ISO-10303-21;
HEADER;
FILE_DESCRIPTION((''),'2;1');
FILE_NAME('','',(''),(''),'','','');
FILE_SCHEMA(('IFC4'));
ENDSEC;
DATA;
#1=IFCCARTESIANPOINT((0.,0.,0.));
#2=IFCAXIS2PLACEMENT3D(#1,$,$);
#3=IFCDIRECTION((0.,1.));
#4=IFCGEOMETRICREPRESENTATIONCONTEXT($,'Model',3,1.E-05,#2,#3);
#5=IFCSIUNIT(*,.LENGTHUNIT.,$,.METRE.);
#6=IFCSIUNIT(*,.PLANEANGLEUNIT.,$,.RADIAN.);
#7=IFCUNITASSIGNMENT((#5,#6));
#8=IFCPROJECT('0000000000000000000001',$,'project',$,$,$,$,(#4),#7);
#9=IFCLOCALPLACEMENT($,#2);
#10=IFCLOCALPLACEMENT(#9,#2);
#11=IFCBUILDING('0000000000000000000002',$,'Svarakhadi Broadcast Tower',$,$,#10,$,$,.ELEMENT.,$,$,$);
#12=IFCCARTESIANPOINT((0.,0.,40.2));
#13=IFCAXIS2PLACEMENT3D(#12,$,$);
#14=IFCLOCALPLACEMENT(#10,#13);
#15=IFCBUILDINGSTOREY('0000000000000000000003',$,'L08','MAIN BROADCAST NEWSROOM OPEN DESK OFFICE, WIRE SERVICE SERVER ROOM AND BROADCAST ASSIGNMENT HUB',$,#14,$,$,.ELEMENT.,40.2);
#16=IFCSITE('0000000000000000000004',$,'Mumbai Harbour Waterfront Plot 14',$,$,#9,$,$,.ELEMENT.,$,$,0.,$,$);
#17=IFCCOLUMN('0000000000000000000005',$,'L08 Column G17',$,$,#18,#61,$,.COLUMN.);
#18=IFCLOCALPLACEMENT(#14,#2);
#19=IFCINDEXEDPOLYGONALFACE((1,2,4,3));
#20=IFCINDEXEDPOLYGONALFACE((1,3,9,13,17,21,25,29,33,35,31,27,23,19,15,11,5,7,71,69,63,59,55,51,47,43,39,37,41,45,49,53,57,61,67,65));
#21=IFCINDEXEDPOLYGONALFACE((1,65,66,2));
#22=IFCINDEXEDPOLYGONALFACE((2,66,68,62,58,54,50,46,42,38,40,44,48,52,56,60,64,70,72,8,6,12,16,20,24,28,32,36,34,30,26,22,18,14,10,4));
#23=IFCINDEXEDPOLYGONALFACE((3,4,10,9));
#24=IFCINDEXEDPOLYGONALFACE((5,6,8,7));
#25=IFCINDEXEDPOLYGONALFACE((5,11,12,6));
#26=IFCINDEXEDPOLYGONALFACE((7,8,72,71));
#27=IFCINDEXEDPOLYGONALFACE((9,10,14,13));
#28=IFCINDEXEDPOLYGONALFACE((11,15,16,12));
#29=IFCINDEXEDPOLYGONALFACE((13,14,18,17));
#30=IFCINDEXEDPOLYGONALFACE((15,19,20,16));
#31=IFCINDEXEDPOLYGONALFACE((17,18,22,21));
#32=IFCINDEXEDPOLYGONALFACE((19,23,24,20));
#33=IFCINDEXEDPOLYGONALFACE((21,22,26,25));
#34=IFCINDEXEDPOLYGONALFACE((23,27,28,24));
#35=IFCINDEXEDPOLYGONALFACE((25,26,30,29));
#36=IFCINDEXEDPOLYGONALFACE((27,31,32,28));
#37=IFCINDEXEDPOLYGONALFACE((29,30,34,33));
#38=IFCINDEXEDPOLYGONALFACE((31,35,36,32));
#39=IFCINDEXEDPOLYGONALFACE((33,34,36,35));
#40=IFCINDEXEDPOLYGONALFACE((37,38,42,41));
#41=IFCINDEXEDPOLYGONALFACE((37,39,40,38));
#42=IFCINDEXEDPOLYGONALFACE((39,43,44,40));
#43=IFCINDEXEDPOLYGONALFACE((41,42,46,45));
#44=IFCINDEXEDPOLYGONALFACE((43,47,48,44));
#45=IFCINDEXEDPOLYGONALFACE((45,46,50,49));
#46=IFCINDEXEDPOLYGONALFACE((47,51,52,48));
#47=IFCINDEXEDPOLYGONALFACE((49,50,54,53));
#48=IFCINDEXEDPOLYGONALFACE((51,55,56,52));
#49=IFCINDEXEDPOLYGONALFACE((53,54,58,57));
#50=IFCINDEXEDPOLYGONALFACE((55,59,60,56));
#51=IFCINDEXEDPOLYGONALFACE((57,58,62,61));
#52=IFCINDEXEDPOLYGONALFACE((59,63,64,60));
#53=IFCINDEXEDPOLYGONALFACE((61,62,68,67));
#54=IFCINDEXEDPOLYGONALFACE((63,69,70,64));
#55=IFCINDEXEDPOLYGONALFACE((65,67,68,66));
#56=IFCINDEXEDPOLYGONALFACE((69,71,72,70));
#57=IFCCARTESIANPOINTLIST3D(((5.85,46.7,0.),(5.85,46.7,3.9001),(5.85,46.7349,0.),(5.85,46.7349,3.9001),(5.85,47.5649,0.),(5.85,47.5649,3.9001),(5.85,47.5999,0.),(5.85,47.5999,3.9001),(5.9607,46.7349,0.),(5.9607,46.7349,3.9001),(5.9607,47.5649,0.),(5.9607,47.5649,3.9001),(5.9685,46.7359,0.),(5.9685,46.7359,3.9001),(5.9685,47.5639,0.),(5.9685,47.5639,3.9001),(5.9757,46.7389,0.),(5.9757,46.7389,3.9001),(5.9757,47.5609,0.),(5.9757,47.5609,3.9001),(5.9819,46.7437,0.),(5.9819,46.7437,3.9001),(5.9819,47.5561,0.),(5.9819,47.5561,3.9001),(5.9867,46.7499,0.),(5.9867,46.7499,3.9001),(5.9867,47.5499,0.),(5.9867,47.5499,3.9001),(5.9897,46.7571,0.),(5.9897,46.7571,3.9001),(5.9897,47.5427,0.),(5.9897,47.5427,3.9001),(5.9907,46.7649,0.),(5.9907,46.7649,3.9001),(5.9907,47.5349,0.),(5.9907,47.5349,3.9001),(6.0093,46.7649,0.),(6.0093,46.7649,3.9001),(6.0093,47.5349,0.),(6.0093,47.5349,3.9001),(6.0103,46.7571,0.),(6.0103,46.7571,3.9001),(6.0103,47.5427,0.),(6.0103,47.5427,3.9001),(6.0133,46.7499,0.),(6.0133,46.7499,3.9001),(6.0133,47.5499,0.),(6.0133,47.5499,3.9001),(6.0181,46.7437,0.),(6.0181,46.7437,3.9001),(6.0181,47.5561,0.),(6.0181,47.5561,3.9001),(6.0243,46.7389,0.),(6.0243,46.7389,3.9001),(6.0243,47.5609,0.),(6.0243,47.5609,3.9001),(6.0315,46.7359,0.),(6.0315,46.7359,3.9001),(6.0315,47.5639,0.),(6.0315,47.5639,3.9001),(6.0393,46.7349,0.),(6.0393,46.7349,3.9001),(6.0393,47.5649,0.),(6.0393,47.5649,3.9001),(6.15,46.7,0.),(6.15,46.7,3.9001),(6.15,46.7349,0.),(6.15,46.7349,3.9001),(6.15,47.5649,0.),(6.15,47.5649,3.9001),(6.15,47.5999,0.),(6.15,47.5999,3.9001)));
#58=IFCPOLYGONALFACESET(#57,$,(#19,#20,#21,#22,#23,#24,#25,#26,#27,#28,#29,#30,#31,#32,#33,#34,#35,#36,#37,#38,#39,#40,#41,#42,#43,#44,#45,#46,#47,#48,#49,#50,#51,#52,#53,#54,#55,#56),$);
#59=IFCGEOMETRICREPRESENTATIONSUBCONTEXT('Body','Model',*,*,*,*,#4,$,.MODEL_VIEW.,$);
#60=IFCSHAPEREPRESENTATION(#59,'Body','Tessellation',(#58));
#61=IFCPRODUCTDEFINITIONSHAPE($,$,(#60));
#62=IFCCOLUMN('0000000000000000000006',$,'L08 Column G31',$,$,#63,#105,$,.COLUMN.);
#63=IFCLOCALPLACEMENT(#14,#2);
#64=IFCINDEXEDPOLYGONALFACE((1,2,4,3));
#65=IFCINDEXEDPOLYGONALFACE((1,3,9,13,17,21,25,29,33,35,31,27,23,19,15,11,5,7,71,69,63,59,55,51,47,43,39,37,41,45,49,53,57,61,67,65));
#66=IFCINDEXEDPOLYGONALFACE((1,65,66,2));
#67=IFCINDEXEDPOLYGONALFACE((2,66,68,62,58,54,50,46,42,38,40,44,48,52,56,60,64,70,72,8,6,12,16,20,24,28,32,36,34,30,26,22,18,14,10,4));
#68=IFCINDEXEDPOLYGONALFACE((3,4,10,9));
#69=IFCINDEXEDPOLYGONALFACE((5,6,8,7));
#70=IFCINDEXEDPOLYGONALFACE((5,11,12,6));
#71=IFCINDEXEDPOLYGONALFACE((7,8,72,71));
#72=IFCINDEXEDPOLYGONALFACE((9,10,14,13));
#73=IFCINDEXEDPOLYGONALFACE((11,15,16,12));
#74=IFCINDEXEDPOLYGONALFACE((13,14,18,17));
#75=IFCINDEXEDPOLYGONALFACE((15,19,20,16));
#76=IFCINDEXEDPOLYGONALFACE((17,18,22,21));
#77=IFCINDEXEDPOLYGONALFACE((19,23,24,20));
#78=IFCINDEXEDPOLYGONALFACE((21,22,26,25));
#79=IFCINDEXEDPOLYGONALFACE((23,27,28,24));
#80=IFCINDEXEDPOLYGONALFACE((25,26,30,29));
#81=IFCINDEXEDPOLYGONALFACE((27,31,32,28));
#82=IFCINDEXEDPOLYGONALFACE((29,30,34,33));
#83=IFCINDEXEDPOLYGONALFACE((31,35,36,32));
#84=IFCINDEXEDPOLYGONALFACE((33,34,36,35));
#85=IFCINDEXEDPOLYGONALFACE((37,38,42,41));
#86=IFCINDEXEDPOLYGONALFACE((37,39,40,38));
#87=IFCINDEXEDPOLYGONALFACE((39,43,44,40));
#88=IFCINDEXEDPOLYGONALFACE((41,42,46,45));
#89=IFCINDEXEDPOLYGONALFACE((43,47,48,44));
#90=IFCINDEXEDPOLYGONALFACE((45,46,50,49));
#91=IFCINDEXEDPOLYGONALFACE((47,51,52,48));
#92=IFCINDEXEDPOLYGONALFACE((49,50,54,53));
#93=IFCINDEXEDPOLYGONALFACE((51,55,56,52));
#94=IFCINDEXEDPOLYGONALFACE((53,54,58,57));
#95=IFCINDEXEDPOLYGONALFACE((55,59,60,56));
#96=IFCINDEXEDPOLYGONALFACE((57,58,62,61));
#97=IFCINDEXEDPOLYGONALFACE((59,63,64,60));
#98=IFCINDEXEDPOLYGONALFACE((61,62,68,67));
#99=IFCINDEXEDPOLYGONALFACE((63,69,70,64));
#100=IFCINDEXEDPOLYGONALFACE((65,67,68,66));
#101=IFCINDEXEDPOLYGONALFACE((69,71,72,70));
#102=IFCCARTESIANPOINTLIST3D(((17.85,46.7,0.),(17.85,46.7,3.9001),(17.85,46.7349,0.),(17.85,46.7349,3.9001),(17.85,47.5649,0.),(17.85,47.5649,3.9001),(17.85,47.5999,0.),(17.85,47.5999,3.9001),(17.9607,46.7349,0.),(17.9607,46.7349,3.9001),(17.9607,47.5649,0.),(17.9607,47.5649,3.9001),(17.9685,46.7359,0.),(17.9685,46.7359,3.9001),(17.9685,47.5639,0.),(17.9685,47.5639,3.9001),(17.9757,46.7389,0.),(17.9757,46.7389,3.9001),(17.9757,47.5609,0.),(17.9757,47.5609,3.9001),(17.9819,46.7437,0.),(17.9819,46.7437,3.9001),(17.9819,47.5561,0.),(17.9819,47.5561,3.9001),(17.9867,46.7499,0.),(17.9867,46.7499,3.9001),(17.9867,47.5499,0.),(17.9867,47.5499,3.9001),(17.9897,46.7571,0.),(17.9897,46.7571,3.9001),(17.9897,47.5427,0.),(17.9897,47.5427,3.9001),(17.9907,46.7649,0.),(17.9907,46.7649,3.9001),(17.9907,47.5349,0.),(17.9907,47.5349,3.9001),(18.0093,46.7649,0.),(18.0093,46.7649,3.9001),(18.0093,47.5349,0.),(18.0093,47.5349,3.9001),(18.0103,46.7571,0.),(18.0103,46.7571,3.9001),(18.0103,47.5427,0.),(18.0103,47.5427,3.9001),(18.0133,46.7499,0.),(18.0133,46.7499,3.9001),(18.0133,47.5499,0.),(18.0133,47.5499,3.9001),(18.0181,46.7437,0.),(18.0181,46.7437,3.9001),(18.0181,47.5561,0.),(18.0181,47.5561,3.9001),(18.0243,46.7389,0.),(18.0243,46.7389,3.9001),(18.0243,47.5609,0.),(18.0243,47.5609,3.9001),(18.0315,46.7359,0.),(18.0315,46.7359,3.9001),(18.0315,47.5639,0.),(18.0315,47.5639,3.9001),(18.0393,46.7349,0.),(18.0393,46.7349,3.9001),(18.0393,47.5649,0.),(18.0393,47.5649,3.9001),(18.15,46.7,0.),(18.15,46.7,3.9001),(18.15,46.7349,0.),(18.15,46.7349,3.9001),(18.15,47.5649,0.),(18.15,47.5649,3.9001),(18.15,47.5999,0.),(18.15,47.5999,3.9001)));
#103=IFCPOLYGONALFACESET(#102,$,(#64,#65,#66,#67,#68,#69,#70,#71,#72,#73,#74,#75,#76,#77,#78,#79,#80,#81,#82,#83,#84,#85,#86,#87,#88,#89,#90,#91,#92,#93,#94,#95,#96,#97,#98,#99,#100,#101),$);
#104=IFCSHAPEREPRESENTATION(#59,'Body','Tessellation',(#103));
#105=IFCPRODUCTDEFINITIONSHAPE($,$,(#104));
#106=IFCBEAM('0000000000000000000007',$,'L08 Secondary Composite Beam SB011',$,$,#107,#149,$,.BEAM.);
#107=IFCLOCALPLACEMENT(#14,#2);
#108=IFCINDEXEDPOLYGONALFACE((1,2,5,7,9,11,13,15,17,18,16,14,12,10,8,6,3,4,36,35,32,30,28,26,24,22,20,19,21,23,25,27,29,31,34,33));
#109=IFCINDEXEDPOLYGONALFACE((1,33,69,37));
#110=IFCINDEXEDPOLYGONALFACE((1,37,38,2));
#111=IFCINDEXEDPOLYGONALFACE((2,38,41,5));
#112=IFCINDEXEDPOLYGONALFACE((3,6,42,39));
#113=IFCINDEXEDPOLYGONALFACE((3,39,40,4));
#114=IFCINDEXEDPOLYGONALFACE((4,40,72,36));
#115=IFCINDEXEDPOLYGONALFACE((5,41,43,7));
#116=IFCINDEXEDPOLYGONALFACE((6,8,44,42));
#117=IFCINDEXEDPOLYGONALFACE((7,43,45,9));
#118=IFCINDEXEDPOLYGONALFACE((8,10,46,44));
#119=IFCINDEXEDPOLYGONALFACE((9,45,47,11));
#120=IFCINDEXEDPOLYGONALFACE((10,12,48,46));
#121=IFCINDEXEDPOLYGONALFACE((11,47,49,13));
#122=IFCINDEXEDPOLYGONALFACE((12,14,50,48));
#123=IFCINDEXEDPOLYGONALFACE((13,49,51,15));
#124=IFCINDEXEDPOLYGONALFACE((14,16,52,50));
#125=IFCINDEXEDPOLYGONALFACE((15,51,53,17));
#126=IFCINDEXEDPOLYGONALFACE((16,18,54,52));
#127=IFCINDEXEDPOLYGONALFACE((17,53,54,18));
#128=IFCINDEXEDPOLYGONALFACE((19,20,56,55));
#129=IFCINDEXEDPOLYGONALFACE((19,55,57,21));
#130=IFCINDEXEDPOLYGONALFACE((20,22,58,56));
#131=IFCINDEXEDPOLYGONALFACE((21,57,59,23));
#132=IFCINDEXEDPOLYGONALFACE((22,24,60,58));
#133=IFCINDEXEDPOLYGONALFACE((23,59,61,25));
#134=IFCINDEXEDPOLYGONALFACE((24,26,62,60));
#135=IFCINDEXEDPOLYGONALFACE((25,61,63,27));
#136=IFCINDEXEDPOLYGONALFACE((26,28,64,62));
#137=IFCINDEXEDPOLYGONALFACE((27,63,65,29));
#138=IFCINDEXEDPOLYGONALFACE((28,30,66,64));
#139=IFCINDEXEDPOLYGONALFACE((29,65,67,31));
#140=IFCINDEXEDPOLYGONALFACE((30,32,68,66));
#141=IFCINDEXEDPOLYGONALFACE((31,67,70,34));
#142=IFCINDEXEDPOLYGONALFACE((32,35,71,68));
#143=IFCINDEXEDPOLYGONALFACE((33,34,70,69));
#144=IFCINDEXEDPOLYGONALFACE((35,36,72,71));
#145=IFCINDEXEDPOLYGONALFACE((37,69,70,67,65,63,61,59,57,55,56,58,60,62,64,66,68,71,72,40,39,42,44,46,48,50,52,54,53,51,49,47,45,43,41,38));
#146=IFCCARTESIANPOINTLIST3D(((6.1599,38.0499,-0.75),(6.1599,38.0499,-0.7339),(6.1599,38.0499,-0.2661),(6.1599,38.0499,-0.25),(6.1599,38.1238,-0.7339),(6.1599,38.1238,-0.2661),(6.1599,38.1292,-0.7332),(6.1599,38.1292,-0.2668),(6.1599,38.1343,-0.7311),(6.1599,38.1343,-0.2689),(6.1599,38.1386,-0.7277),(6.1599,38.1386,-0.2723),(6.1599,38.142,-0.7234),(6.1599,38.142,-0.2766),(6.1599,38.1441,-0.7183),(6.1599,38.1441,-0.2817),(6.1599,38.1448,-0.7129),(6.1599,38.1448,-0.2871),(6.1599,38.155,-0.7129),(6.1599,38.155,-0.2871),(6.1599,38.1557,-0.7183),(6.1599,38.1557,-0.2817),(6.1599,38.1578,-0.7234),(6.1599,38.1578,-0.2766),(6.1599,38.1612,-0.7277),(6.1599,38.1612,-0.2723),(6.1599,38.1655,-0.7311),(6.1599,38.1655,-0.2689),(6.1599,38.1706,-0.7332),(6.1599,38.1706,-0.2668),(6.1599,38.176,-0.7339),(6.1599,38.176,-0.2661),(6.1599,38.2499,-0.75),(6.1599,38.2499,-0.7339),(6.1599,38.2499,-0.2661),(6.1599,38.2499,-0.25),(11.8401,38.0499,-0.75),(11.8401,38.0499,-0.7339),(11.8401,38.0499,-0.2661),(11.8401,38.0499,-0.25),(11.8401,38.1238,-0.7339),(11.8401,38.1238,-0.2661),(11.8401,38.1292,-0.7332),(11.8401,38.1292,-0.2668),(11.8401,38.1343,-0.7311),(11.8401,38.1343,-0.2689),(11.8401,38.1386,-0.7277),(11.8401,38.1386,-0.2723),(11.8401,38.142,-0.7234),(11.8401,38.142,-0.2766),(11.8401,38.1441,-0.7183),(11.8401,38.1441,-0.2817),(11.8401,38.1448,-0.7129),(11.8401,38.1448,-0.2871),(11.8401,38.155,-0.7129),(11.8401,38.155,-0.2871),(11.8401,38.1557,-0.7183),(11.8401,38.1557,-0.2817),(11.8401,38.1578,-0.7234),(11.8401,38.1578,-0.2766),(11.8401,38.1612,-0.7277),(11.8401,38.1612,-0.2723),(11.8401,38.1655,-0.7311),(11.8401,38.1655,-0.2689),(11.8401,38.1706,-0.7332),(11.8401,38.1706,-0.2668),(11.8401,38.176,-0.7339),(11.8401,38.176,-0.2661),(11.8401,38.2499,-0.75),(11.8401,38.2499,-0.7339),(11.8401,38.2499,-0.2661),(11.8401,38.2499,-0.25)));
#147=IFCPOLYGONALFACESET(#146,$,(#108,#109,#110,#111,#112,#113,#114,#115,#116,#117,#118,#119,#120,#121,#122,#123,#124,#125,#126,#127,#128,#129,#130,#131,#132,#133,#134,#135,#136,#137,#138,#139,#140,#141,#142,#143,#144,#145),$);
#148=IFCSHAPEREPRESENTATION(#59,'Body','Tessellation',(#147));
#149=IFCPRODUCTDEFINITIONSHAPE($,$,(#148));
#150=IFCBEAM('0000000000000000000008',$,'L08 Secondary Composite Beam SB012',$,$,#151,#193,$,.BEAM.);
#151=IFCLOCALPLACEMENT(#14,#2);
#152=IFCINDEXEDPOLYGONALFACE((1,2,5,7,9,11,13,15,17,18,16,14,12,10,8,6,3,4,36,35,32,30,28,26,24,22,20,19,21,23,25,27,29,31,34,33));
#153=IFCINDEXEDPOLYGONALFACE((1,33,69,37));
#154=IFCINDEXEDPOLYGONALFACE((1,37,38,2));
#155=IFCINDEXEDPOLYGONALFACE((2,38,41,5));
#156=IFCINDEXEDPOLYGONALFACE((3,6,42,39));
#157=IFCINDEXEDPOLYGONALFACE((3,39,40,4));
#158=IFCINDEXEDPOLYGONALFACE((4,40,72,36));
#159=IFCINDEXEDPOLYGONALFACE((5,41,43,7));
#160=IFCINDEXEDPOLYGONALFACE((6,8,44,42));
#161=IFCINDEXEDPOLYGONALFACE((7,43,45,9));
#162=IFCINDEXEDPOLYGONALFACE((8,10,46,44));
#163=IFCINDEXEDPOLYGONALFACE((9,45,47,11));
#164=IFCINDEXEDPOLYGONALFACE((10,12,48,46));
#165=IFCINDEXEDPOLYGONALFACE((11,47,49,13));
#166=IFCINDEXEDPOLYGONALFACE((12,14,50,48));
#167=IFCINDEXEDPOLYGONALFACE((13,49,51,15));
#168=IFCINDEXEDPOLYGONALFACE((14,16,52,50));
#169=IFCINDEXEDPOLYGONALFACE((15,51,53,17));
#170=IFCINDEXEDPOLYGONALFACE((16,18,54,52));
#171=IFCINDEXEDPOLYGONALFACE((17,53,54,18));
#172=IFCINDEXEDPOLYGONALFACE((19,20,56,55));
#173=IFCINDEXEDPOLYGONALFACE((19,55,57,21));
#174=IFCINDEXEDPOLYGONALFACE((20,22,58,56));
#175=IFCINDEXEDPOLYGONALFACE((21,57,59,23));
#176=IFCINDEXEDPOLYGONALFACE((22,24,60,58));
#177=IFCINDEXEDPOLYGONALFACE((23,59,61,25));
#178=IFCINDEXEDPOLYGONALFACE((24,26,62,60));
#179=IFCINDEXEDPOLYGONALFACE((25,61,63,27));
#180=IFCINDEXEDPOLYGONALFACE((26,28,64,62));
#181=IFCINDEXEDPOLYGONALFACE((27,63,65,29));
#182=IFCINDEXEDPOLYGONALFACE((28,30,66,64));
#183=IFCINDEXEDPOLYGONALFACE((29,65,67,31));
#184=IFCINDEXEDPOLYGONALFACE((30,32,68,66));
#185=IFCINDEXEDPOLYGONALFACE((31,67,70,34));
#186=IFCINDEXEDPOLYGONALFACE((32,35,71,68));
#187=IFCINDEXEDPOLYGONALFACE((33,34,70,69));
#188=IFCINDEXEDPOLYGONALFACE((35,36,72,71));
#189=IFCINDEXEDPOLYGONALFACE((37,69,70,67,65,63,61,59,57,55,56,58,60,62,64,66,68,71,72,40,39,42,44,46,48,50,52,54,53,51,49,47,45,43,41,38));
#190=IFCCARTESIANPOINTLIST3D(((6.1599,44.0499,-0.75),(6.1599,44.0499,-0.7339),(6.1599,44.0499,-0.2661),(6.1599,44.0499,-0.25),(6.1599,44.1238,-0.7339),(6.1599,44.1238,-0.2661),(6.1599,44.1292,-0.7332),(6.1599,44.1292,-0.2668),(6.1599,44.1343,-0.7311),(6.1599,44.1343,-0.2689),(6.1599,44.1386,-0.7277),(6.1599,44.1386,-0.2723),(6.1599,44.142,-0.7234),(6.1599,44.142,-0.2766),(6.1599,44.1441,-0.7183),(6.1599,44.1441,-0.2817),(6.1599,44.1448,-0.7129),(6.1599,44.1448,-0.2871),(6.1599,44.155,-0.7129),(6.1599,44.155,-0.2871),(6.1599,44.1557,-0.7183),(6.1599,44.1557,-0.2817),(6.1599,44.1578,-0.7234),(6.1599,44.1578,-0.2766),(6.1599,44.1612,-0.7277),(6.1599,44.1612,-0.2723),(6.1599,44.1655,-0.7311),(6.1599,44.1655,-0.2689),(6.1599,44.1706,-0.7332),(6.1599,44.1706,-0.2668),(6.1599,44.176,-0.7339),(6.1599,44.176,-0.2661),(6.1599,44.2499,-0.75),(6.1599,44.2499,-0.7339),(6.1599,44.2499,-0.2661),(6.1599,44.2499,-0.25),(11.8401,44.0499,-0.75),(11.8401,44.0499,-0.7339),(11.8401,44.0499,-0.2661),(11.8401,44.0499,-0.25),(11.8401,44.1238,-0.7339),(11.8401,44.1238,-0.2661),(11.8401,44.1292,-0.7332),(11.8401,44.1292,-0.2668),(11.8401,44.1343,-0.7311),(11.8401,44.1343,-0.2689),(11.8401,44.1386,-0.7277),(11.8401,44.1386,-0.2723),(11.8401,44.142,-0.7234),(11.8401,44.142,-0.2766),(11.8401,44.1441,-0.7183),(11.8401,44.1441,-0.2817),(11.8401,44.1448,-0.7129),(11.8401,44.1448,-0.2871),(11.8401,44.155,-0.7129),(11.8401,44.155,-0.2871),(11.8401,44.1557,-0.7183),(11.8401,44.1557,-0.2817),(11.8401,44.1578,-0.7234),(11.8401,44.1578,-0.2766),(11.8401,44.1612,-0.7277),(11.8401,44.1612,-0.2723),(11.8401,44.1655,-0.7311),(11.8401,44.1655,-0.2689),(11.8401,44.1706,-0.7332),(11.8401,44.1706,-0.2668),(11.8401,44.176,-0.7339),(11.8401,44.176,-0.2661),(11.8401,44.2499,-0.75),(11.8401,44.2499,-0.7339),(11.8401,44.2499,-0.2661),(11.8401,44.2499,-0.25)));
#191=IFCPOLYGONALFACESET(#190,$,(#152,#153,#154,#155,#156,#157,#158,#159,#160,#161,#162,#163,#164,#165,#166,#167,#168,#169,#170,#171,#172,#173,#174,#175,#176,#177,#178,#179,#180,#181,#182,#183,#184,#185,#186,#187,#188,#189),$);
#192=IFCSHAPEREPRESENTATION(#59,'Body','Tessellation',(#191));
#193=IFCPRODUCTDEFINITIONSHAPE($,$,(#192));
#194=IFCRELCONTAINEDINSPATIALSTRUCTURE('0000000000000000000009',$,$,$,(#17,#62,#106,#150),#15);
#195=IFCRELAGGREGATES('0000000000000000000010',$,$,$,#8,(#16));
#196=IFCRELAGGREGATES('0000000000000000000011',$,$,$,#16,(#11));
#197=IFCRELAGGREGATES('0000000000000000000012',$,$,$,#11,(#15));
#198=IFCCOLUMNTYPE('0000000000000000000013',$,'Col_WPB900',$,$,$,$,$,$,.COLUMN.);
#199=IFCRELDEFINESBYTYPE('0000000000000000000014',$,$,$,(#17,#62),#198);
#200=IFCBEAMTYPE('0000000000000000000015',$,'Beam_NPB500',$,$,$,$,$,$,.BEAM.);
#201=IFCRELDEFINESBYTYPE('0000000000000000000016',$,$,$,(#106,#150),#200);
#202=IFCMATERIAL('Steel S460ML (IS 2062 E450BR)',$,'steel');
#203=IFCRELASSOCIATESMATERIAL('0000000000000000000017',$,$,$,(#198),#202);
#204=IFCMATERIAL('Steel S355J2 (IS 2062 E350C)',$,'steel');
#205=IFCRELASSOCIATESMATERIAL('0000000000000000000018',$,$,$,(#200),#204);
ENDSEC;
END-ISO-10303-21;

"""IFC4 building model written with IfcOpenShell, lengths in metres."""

from ifc_helpers import new_model, si_unit, direction, frame, origin, origin_2d, place, context, subcontext, project, spatial, i_section, extrude, material, material_profile, profile_set, type_object, element, save


model = new_model("IFC4")

# Units and contexts
model_context = context("Model", 3, precision=1e-05, world=origin(), true_north=direction((0.0, 1.0)))
body_context = subcontext(model_context, "Body", "Model", "MODEL_VIEW")
ifc_project = project(units=[si_unit("LENGTHUNIT", "METRE"), si_unit("PLANEANGLEUNIT", "RADIAN")], contexts=[model_context])

# Site, building, storey
site_placement = place(None, origin())
site = spatial("IfcSite", under=ifc_project, at=site_placement, Name="Mumbai Harbour Waterfront Plot 14", CompositionType="ELEMENT", RefElevation=0.0)
building_placement = place(site_placement, origin())
building = spatial("IfcBuilding", under=site, at=building_placement, Name="Svarakhadi Broadcast Tower", CompositionType="ELEMENT")
storey_placement = place(building_placement, frame((0.0, 0.0, 40.2)))
storey = spatial("IfcBuildingStorey", under=building, at=storey_placement, Name="L08", Description="MAIN BROADCAST NEWSROOM OPEN DESK OFFICE, WIRE SERVICE SERVER ROOM AND BROADCAST ASSIGNMENT HUB", CompositionType="ELEMENT", Elevation=40.2)

# Columns
ifc_material_1 = material(Name="Steel S460ML (IS 2062 E450BR)", Category="steel")
ifc_material_profile_1 = material_profile(ifc_material_1, i_section(OverallWidth=0.3, OverallDepth=0.8999, WebThickness=0.0186, FlangeThickness=0.0349, FilletRadius=0.03, at=origin_2d()), Name="WPB 900x300x291")
ifc_profile_set_1 = profile_set([ifc_material_profile_1], Name="Steel S460ML (IS 2062 E450BR)")
column_type_1 = type_object("IfcColumnType", Name="Col_WPB900", PredefinedType="COLUMN", material=ifc_profile_set_1)
for number, where, z_axis, x_axis, name in (
    (1, (6.0, 47.1499, 0.0), (0.0, 0.0, 1.0), (1.0, 0.0, 0.0), "L08 Column G17"),
    (2, (18.0, 47.1499, 0.0), (0.0, 0.0, 1.0), (1.0, 0.0, 0.0), "L08 Column G31"),
):
    element("IfcColumn", number, at=place(storey_placement, frame(where, z_axis=z_axis, x_axis=x_axis)), inside=storey, type_object=column_type_1, Name=name, PredefinedType="COLUMN", context=body_context, shape_type="SweptSolid", body=[
        extrude(i_section(OverallWidth=0.3, OverallDepth=0.8999, WebThickness=0.0186, FlangeThickness=0.0349, FilletRadius=0.03, at=origin_2d()), origin(), (0.0, 0.0, 1.0), 3.9001),
    ])

# Beams
ifc_material_2 = material(Name="Steel S355J2 (IS 2062 E350C)", Category="steel")
ifc_material_profile_2 = material_profile(ifc_material_2, i_section(OverallWidth=0.2, OverallDepth=0.5, WebThickness=0.0103, FlangeThickness=0.0161, FilletRadius=0.021, at=origin_2d()), Name="NPB 500x200x91")
ifc_profile_set_2 = profile_set([ifc_material_profile_2], Name="Steel S355J2 (IS 2062 E350C)")
beam_type_1 = type_object("IfcBeamType", Name="Beam_NPB500", PredefinedType="BEAM", material=ifc_profile_set_2)
for number, where, z_axis, x_axis, name in (
    (3, (6.1599, 38.1499, -0.5), (1.0, 0.0, 0.0), (0.0, 1.0, 0.0), "L08 Secondary Composite Beam SB011"),
    (4, (6.1599, 44.1499, -0.5), (1.0, 0.0, 0.0), (0.0, 1.0, 0.0), "L08 Secondary Composite Beam SB012"),
):
    element("IfcBeam", number, at=place(storey_placement, frame(where, z_axis=z_axis, x_axis=x_axis)), inside=storey, type_object=beam_type_1, Name=name, PredefinedType="BEAM", context=body_context, shape_type="SweptSolid", body=[
        extrude(i_section(OverallWidth=0.2, OverallDepth=0.5, WebThickness=0.0103, FlangeThickness=0.0161, FilletRadius=0.021, at=origin_2d()), origin(), (0.0, 0.0, 1.0), 5.6802),
    ])

save(model, "model.ifc")
